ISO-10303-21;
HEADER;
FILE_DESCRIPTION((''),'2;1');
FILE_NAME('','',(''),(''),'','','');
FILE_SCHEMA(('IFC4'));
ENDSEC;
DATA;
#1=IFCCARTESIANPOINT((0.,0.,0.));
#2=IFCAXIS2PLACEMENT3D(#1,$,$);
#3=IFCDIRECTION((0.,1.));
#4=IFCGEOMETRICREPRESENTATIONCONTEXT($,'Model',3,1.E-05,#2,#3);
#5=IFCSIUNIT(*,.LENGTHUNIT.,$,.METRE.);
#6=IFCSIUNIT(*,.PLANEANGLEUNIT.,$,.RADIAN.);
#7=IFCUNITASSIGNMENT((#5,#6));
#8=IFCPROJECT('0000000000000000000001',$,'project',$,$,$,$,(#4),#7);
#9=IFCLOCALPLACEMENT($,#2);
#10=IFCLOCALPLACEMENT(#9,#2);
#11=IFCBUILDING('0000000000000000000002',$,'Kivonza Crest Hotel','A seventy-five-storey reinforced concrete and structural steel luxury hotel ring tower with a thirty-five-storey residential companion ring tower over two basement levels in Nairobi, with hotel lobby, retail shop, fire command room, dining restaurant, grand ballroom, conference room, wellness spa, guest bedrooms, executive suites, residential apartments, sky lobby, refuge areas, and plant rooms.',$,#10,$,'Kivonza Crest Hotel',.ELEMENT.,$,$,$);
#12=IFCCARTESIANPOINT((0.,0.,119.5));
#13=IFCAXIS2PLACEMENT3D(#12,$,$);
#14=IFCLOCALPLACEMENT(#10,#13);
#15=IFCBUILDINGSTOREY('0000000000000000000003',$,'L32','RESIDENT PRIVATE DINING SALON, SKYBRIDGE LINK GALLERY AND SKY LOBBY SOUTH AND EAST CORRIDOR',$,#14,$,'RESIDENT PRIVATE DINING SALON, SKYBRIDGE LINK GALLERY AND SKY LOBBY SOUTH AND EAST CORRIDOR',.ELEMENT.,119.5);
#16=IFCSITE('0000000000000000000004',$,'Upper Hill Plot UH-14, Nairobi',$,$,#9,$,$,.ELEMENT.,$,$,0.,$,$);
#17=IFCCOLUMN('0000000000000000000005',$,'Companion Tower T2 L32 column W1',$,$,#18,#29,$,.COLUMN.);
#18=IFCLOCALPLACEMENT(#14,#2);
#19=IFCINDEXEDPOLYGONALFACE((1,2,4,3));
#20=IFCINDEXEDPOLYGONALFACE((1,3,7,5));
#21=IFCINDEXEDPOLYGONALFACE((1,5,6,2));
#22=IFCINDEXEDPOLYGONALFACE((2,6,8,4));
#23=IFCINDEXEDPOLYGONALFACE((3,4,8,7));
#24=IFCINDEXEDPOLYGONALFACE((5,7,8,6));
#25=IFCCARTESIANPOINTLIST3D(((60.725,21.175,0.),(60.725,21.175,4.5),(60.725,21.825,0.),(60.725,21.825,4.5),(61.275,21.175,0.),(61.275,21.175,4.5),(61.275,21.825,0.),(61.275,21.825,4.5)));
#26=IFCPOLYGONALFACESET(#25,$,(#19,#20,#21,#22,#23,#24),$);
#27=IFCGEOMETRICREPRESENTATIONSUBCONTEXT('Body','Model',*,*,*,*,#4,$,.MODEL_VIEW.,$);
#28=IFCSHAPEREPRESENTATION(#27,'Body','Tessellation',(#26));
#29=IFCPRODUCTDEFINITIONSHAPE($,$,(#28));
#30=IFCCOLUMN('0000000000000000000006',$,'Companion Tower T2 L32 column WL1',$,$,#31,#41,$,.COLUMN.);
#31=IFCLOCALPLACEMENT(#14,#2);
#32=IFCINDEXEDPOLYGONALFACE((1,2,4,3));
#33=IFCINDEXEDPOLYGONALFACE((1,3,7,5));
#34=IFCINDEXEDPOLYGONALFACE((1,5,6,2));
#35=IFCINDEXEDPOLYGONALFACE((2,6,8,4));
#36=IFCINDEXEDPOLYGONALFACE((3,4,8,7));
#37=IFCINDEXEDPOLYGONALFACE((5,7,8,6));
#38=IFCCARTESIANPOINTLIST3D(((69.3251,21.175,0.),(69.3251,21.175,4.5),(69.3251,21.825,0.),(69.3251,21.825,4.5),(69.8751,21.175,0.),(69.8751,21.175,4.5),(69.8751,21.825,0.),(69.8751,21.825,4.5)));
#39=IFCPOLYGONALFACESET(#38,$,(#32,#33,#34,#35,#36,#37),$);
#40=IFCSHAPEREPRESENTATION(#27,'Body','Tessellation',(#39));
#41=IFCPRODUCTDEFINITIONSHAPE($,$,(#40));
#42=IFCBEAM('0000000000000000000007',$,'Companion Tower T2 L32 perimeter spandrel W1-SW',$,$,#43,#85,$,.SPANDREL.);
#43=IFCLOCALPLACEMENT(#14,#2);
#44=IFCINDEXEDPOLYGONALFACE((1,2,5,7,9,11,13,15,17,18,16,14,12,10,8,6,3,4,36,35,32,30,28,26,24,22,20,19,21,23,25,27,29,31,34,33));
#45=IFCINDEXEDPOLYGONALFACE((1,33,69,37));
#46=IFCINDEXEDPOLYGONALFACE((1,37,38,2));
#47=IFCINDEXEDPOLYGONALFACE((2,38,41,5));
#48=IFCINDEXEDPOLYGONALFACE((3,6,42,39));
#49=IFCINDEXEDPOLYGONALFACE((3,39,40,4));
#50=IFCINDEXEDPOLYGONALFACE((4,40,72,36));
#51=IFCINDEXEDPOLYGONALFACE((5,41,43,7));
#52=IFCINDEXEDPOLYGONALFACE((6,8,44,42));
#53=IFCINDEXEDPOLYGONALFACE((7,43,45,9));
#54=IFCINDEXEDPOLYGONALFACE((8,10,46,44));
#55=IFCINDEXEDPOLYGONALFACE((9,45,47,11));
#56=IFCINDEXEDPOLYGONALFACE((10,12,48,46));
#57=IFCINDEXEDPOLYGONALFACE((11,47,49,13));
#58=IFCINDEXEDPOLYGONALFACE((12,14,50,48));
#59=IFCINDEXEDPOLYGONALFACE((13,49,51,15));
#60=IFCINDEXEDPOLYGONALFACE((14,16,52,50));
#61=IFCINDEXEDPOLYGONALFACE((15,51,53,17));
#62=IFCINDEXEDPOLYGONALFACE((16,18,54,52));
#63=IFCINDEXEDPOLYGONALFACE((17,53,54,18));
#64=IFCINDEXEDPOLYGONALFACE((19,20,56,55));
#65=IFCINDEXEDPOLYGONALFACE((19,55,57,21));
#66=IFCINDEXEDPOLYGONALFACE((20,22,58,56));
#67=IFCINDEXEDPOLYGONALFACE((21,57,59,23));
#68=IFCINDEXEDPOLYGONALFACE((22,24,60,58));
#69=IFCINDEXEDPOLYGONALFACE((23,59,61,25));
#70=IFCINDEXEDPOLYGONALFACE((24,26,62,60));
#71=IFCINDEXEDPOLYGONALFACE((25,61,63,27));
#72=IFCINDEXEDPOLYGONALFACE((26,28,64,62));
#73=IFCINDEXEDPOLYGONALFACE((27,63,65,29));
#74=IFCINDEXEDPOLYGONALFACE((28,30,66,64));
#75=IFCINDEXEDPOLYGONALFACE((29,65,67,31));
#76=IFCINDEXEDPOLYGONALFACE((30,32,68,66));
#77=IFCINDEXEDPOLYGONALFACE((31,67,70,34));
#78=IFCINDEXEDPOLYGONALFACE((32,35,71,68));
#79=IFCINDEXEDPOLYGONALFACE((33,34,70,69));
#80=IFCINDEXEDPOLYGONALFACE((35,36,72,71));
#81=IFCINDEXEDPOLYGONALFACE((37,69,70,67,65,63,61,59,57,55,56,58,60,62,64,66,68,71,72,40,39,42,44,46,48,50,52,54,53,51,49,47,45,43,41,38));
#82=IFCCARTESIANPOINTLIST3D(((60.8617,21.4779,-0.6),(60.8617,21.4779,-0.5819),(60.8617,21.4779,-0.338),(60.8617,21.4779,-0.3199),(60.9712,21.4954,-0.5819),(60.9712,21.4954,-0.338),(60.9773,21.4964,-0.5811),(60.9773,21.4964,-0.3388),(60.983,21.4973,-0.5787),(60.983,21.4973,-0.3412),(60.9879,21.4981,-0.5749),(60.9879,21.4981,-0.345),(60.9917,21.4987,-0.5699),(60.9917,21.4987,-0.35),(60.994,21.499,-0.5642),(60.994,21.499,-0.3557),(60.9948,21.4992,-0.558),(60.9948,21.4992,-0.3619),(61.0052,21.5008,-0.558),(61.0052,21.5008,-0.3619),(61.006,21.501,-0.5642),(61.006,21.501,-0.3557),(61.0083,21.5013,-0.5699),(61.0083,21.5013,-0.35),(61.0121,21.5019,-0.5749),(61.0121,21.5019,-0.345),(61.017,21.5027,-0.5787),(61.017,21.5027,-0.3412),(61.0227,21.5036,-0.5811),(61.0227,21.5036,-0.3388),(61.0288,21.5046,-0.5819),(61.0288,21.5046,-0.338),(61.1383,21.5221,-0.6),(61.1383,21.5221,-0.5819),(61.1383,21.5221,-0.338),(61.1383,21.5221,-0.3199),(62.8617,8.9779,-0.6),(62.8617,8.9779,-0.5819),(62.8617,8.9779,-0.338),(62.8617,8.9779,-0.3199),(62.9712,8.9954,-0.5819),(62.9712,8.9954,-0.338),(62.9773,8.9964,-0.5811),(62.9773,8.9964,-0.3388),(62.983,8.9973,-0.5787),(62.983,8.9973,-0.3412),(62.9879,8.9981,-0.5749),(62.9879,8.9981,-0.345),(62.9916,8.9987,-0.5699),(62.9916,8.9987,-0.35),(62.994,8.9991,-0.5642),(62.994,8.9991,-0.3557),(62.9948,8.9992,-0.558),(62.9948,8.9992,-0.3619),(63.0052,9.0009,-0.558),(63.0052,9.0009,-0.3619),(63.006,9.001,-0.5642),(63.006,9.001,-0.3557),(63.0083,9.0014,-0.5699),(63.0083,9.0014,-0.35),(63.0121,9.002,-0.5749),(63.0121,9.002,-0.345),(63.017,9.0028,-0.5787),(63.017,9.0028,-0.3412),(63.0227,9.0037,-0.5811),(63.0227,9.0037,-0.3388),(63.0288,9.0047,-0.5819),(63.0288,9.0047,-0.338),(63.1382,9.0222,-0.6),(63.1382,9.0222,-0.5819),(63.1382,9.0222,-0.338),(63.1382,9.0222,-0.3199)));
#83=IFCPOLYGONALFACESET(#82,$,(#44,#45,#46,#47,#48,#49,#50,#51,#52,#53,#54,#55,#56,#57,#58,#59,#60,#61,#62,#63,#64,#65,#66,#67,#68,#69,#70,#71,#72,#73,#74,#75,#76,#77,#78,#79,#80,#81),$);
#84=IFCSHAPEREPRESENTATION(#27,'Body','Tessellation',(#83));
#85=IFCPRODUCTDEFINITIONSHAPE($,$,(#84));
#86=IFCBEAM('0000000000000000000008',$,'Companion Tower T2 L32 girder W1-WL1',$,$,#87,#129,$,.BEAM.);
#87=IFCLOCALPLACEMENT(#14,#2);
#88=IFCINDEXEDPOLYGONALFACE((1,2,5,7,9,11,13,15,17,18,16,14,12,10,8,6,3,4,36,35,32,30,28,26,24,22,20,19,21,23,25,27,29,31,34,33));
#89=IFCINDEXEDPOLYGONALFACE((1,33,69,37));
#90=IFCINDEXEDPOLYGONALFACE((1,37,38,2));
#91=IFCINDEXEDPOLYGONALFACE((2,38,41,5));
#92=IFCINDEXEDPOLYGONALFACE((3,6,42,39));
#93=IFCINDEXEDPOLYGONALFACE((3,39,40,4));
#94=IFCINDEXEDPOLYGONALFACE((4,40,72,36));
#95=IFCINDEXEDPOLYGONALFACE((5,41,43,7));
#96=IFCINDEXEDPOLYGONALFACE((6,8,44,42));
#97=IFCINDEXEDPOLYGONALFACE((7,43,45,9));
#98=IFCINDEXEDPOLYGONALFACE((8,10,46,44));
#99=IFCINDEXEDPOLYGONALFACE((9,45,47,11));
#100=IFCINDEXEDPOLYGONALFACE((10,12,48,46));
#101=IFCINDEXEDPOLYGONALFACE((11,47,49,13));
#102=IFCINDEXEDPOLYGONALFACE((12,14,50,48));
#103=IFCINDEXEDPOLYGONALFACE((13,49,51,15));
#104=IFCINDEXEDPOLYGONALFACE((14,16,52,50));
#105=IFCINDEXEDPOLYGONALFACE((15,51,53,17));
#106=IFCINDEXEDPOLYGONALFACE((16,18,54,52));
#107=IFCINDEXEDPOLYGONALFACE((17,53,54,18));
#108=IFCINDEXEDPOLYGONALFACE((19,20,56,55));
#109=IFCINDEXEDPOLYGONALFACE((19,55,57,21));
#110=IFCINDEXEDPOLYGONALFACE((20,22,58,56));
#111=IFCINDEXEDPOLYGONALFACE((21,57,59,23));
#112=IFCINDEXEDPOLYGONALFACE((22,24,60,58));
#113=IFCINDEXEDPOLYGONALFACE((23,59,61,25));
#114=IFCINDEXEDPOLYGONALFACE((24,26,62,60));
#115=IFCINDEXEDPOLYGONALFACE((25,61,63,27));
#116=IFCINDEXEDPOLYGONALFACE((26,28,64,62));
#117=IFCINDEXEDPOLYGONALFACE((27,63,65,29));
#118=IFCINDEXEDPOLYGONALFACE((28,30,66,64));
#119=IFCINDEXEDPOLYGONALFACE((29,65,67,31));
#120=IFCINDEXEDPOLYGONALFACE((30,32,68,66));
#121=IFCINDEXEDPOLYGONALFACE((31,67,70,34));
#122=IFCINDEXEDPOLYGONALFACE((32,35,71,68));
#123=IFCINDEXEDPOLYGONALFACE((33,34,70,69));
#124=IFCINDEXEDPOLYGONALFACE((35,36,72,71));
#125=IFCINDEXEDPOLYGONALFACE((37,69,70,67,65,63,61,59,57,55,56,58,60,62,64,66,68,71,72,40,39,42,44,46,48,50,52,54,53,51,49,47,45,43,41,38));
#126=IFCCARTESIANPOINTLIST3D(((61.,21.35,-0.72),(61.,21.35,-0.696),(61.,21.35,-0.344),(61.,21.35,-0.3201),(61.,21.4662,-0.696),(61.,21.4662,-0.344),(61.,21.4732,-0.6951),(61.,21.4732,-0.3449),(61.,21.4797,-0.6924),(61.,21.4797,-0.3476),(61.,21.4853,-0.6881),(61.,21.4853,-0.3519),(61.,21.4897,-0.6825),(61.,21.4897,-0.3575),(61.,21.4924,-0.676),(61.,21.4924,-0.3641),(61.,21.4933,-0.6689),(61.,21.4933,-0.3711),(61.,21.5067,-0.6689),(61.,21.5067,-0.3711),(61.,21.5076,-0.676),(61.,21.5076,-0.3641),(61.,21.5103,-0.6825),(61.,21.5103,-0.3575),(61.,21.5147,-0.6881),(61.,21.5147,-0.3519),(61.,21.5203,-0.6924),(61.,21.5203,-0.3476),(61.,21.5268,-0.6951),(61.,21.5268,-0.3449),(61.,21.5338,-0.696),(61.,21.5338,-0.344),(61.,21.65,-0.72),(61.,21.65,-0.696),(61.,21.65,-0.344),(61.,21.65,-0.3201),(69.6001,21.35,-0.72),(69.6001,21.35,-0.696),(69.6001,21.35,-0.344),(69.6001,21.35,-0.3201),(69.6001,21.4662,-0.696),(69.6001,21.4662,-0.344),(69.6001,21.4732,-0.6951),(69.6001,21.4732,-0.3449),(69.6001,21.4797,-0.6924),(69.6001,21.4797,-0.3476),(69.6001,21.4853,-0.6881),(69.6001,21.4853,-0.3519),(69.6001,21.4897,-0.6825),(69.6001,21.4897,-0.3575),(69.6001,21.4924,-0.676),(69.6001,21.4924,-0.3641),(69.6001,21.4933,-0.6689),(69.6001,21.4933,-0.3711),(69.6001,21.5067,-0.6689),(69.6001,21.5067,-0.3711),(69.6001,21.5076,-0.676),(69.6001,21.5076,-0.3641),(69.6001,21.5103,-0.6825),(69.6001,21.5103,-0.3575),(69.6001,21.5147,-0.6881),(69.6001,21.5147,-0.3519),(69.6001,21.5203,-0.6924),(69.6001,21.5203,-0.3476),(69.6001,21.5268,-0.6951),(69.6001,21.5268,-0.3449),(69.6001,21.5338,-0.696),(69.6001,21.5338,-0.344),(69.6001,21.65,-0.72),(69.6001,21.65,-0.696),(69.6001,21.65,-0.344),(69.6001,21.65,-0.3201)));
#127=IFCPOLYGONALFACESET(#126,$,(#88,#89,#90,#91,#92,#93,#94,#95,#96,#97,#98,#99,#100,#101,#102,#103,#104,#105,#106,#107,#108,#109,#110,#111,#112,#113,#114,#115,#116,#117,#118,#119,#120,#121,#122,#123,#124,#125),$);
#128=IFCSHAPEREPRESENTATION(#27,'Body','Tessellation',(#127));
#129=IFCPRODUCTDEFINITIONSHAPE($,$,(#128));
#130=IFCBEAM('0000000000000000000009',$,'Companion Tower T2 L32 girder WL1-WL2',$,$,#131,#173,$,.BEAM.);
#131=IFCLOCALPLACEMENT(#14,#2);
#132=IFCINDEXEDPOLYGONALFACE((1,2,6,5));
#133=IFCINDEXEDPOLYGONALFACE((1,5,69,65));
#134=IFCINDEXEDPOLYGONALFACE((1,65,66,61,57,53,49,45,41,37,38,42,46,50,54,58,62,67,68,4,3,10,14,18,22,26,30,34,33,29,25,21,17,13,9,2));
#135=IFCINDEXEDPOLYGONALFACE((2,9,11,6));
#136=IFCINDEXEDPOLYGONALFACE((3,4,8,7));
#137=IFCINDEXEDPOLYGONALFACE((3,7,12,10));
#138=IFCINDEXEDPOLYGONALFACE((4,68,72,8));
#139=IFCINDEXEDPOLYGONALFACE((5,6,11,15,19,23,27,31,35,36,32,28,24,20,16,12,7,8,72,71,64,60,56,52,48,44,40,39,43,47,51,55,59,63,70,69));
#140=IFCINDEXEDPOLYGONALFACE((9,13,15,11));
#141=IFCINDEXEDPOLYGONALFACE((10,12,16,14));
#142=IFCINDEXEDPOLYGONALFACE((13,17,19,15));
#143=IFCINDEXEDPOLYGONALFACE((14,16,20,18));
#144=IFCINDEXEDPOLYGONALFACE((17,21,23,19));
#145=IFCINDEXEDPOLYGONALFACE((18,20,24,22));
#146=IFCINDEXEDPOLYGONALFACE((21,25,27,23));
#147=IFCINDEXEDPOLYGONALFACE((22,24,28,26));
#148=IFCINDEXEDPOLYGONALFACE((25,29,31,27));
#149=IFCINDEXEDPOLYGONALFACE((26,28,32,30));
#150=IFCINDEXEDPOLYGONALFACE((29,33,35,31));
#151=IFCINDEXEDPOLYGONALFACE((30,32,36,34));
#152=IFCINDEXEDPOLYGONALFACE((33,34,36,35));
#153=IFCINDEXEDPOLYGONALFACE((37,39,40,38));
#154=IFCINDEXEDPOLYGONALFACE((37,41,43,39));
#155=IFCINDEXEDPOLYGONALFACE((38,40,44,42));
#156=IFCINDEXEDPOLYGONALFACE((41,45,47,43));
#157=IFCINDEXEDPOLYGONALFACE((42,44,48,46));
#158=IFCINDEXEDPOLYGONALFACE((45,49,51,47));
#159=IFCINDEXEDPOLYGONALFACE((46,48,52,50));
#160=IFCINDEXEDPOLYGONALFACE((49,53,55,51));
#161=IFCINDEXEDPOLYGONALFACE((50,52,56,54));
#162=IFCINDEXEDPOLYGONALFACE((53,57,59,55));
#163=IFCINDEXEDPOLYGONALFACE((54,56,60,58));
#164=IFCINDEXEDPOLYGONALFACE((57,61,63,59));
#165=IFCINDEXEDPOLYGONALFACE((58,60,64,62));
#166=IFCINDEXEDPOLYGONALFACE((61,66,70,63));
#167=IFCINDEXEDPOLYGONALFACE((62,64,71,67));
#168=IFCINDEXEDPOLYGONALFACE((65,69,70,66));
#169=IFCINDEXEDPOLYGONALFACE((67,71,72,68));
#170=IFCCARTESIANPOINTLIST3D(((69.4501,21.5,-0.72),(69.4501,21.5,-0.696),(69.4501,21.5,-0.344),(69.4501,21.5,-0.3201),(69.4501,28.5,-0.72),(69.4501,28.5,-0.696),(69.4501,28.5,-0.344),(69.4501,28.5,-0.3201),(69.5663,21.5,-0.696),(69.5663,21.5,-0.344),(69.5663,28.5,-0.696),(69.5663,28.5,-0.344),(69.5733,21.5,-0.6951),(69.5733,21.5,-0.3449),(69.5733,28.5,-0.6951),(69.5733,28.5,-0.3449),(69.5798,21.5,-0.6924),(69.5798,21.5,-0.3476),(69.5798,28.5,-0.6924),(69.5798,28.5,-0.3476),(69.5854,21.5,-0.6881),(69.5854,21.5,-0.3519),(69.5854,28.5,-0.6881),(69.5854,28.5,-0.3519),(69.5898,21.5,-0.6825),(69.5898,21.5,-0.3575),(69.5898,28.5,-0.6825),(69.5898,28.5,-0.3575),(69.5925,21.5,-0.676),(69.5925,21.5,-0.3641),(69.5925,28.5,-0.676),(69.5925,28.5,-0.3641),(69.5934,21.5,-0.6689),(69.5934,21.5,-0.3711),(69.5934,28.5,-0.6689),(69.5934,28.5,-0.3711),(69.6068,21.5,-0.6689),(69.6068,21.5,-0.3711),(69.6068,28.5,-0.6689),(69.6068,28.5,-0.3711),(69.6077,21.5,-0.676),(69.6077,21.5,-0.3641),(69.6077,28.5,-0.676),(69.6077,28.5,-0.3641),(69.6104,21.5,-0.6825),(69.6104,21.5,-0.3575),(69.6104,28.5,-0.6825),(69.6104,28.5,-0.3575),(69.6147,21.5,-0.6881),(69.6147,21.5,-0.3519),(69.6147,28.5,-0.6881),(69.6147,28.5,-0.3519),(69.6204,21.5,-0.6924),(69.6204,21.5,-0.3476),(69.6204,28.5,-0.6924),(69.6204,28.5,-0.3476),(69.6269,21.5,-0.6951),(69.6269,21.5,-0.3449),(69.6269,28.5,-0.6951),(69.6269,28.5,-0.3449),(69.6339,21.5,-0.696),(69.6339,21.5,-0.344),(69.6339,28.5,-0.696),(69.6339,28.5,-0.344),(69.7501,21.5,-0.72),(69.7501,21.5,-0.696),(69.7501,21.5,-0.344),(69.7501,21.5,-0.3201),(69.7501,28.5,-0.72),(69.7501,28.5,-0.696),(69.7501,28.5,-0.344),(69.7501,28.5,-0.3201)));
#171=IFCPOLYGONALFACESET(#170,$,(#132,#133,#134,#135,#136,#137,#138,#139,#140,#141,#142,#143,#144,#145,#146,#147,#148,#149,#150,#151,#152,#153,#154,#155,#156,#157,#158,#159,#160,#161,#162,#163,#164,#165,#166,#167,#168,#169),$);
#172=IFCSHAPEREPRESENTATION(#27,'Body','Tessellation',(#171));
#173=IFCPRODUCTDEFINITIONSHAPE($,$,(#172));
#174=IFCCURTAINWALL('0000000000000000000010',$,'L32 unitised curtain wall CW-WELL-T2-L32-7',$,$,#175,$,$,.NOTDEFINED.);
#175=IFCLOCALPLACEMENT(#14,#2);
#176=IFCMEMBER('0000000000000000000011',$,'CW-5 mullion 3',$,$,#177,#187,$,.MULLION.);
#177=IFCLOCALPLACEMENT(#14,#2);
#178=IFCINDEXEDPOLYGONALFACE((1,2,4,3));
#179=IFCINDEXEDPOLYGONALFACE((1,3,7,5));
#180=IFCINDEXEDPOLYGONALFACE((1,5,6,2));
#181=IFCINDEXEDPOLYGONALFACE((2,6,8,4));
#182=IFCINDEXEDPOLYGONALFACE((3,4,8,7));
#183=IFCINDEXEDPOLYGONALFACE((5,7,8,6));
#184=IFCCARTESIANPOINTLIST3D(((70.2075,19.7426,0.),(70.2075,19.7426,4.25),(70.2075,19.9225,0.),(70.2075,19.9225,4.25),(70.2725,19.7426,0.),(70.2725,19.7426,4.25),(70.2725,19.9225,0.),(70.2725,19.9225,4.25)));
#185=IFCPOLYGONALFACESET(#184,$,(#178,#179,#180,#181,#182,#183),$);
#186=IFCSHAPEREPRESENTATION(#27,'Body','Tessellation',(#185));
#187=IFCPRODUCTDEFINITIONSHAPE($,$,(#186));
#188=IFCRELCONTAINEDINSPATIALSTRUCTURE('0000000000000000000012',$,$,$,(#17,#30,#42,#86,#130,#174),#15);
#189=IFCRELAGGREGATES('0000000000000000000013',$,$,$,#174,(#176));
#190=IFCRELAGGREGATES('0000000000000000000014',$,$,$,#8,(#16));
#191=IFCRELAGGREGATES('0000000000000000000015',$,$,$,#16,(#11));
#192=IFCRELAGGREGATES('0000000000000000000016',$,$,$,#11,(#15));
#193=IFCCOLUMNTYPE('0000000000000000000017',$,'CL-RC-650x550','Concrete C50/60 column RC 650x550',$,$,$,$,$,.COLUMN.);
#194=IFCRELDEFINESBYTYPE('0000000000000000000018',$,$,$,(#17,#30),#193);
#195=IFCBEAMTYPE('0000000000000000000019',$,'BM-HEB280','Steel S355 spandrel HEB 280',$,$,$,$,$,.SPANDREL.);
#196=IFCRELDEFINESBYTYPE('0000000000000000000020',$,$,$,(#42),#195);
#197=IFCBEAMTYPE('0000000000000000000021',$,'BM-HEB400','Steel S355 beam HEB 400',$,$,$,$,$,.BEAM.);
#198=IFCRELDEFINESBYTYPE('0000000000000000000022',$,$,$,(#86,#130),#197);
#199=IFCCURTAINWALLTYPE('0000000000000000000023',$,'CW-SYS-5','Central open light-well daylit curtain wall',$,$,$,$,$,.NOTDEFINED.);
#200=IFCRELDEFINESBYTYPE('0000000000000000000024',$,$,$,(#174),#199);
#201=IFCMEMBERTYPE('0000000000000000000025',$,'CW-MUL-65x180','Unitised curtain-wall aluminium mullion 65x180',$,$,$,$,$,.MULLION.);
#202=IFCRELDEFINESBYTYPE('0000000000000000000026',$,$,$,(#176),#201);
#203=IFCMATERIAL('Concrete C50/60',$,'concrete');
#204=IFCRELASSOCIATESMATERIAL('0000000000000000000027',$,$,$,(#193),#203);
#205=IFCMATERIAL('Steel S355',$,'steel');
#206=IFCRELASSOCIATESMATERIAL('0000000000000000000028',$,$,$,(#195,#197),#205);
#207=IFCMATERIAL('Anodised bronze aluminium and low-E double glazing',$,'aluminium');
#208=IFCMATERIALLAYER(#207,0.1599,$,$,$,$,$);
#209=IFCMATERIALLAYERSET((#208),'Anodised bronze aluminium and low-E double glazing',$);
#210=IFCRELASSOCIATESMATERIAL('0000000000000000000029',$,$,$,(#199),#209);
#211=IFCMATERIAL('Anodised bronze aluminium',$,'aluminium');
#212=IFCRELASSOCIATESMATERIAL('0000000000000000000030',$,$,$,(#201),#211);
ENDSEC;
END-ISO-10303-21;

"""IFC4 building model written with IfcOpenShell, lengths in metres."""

from ifc_helpers import new_model, si_unit, direction, frame, origin, origin_2d, place, context, subcontext, project, spatial, rectangle, i_section, extrude, material, layer, layer_set, material_profile, profile_set, type_object, element, aggregate, save


model = new_model("IFC4")

# Units and contexts
model_context = context("Model", 3, precision=1e-05, world=origin(), true_north=direction((0.0, 1.0)))
body_context = subcontext(model_context, "Body", "Model", "MODEL_VIEW")
ifc_project = project(units=[si_unit("LENGTHUNIT", "METRE"), si_unit("PLANEANGLEUNIT", "RADIAN")], contexts=[model_context])

# Site, building, storey
site_placement = place(None, origin())
site = spatial("IfcSite", under=ifc_project, at=site_placement, Name="Upper Hill Plot UH-14, Nairobi", CompositionType="ELEMENT", RefElevation=0.0)
building_placement = place(site_placement, origin())
building = spatial("IfcBuilding", under=site, at=building_placement, Name="Kivonza Crest Hotel", Description="A seventy-five-storey reinforced concrete and structural steel luxury hotel ring tower with a thirty-five-storey residential companion ring tower over two basement levels in Nairobi, with hotel lobby, retail shop, fire command room, dining restaurant, grand ballroom, conference room, wellness spa, guest bedrooms, executive suites, residential apartments, sky lobby, refuge areas, and plant rooms.", LongName="Kivonza Crest Hotel", CompositionType="ELEMENT")
storey_placement = place(building_placement, frame((0.0, 0.0, 119.5)))
storey = spatial("IfcBuildingStorey", under=building, at=storey_placement, Name="L32", Description="RESIDENT PRIVATE DINING SALON, SKYBRIDGE LINK GALLERY AND SKY LOBBY SOUTH AND EAST CORRIDOR", LongName="RESIDENT PRIVATE DINING SALON, SKYBRIDGE LINK GALLERY AND SKY LOBBY SOUTH AND EAST CORRIDOR", CompositionType="ELEMENT", Elevation=119.5)

# Columns
ifc_material_1 = material(Name="Concrete C50/60", Category="concrete")
ifc_material_profile_1 = material_profile(ifc_material_1, rectangle(XDim=0.55, YDim=0.6499, at=origin_2d()), Name="RC 650x550")
ifc_profile_set_1 = profile_set([ifc_material_profile_1], Name="Concrete C50/60")
column_type = type_object("IfcColumnType", Name="CL-RC-650x550", Description="Concrete C50/60 column RC 650x550", PredefinedType="COLUMN", material=ifc_profile_set_1)
for number, where, z_axis, x_axis, name in (
    (1, (61.0, 21.5, 0.0), (0.0, 0.0, 1.0), (1.0, 0.0, 0.0), "Companion Tower T2 L32 column W1"),
    (2, (69.6001, 21.5, 0.0), (0.0, 0.0, 1.0), (1.0, 0.0, 0.0), "Companion Tower T2 L32 column WL1"),
):
    element("IfcColumn", number, at=place(storey_placement, frame(where, z_axis=z_axis, x_axis=x_axis)), inside=storey, type_object=column_type, Name=name, PredefinedType="COLUMN", context=body_context, shape_type="SweptSolid", body=[
        extrude(rectangle(XDim=0.55, YDim=0.6499, at=origin_2d()), origin(), (0.0, 0.0, 1.0), 4.5),
    ])

# Beams
ifc_material_2 = material(Name="Steel S355", Category="steel")
ifc_material_profile_2 = material_profile(ifc_material_2, i_section(OverallWidth=0.28, OverallDepth=0.28, WebThickness=0.0105, FlangeThickness=0.0181, FilletRadius=0.0239, at=origin_2d()), Name="HEB 280")
ifc_profile_set_2 = profile_set([ifc_material_profile_2], Name="Steel S355")
beam_type_1 = type_object("IfcBeamType", Name="BM-HEB280", Description="Steel S355 spandrel HEB 280", PredefinedType="SPANDREL", material=ifc_profile_set_2)
beam_1_placement = place(storey_placement, frame((61.0, 21.5, -0.46), z_axis=(0.157991, -0.987441, 0.0), x_axis=(0.987441, 0.157991, 0.0)))
element("IfcBeam", 3, at=beam_1_placement, inside=storey, type_object=beam_type_1, Name="Companion Tower T2 L32 perimeter spandrel W1-SW", PredefinedType="SPANDREL", context=body_context, shape_type="SweptSolid", body=[
    extrude(i_section(OverallWidth=0.28, OverallDepth=0.28, WebThickness=0.0105, FlangeThickness=0.0181, FilletRadius=0.0239, at=origin_2d()), origin(), (0.0, 0.0, 1.0), 12.6589),
])
ifc_material_profile_3 = material_profile(ifc_material_2, i_section(OverallWidth=0.3, OverallDepth=0.3999, WebThickness=0.0134, FlangeThickness=0.0239, FilletRadius=0.0271, at=origin_2d()), Name="HEB 400")
ifc_profile_set_3 = profile_set([ifc_material_profile_3], Name="Steel S355")
beam_type_2 = type_object("IfcBeamType", Name="BM-HEB400", Description="Steel S355 beam HEB 400", PredefinedType="BEAM", material=ifc_profile_set_3)
beam_2_placement = place(storey_placement, frame((61.0, 21.5, -0.52), z_axis=(1.0, 0.0, 0.0), x_axis=(0.0, 1.0, 0.0)))
element("IfcBeam", 4, at=beam_2_placement, inside=storey, type_object=beam_type_2, Name="Companion Tower T2 L32 girder W1-WL1", PredefinedType="BEAM", context=body_context, shape_type="SweptSolid", body=[
    extrude(i_section(OverallWidth=0.3, OverallDepth=0.3999, WebThickness=0.0134, FlangeThickness=0.0239, FilletRadius=0.0271, at=origin_2d()), origin(), (0.0, 0.0, 1.0), 8.6001),
])
beam_3_placement = place(storey_placement, frame((69.6001, 21.5, -0.52), z_axis=(0.0, 1.0, 0.0), x_axis=(-1.0, 0.0, 0.0)))
element("IfcBeam", 5, at=beam_3_placement, inside=storey, type_object=beam_type_2, Name="Companion Tower T2 L32 girder WL1-WL2", PredefinedType="BEAM", context=body_context, shape_type="SweptSolid", body=[
    extrude(i_section(OverallWidth=0.3, OverallDepth=0.3999, WebThickness=0.0134, FlangeThickness=0.0239, FilletRadius=0.0271, at=origin_2d()), origin(), (0.0, 0.0, 1.0), 7.0),
])

# Curtain wall, member
ifc_material_3 = material(Name="Anodised bronze aluminium and low-E double glazing", Category="aluminium")
ifc_layer_1 = layer(ifc_material_3, 0.1599)
ifc_layer_set_1 = layer_set([ifc_layer_1], Name="Anodised bronze aluminium and low-E double glazing")
curtain_wall_type_1 = type_object("IfcCurtainWallType", Name="CW-SYS-5", Description="Central open light-well daylit curtain wall", PredefinedType="NOTDEFINED", material=ifc_layer_set_1)
curtain_wall_1_placement = place(storey_placement, origin())
curtain_wall_1 = element("IfcCurtainWall", 6, at=curtain_wall_1_placement, inside=storey, type_object=curtain_wall_type_1, Name="L32 unitised curtain wall CW-WELL-T2-L32-7", PredefinedType="NOTDEFINED")
ifc_material_4 = material(Name="Anodised bronze aluminium", Category="aluminium")
ifc_material_profile_4 = material_profile(ifc_material_4, rectangle(XDim=0.0649, YDim=0.1799, at=origin_2d()), Name="CW-M 65x180")
ifc_profile_set_4 = profile_set([ifc_material_profile_4], Name="Anodised bronze aluminium")
member_type_1 = type_object("IfcMemberType", Name="CW-MUL-65x180", Description="Unitised curtain-wall aluminium mullion 65x180", PredefinedType="MULLION", material=ifc_profile_set_4)
member_1_placement = place(storey_placement, frame((70.24, 19.8325, 0.0), z_axis=(0.0, 0.0, 1.0), x_axis=(1.0, 0.0, 0.0)))
member_1 = element("IfcMember", 7, at=member_1_placement, type_object=member_type_1, Name="CW-5 mullion 3", PredefinedType="MULLION", context=body_context, shape_type="SweptSolid", body=[
    extrude(rectangle(XDim=0.0649, YDim=0.1799, at=origin_2d()), origin(), (0.0, 0.0, 1.0), 4.25),
])

aggregate(curtain_wall_1, [member_1])

save(model, "model.ifc")
